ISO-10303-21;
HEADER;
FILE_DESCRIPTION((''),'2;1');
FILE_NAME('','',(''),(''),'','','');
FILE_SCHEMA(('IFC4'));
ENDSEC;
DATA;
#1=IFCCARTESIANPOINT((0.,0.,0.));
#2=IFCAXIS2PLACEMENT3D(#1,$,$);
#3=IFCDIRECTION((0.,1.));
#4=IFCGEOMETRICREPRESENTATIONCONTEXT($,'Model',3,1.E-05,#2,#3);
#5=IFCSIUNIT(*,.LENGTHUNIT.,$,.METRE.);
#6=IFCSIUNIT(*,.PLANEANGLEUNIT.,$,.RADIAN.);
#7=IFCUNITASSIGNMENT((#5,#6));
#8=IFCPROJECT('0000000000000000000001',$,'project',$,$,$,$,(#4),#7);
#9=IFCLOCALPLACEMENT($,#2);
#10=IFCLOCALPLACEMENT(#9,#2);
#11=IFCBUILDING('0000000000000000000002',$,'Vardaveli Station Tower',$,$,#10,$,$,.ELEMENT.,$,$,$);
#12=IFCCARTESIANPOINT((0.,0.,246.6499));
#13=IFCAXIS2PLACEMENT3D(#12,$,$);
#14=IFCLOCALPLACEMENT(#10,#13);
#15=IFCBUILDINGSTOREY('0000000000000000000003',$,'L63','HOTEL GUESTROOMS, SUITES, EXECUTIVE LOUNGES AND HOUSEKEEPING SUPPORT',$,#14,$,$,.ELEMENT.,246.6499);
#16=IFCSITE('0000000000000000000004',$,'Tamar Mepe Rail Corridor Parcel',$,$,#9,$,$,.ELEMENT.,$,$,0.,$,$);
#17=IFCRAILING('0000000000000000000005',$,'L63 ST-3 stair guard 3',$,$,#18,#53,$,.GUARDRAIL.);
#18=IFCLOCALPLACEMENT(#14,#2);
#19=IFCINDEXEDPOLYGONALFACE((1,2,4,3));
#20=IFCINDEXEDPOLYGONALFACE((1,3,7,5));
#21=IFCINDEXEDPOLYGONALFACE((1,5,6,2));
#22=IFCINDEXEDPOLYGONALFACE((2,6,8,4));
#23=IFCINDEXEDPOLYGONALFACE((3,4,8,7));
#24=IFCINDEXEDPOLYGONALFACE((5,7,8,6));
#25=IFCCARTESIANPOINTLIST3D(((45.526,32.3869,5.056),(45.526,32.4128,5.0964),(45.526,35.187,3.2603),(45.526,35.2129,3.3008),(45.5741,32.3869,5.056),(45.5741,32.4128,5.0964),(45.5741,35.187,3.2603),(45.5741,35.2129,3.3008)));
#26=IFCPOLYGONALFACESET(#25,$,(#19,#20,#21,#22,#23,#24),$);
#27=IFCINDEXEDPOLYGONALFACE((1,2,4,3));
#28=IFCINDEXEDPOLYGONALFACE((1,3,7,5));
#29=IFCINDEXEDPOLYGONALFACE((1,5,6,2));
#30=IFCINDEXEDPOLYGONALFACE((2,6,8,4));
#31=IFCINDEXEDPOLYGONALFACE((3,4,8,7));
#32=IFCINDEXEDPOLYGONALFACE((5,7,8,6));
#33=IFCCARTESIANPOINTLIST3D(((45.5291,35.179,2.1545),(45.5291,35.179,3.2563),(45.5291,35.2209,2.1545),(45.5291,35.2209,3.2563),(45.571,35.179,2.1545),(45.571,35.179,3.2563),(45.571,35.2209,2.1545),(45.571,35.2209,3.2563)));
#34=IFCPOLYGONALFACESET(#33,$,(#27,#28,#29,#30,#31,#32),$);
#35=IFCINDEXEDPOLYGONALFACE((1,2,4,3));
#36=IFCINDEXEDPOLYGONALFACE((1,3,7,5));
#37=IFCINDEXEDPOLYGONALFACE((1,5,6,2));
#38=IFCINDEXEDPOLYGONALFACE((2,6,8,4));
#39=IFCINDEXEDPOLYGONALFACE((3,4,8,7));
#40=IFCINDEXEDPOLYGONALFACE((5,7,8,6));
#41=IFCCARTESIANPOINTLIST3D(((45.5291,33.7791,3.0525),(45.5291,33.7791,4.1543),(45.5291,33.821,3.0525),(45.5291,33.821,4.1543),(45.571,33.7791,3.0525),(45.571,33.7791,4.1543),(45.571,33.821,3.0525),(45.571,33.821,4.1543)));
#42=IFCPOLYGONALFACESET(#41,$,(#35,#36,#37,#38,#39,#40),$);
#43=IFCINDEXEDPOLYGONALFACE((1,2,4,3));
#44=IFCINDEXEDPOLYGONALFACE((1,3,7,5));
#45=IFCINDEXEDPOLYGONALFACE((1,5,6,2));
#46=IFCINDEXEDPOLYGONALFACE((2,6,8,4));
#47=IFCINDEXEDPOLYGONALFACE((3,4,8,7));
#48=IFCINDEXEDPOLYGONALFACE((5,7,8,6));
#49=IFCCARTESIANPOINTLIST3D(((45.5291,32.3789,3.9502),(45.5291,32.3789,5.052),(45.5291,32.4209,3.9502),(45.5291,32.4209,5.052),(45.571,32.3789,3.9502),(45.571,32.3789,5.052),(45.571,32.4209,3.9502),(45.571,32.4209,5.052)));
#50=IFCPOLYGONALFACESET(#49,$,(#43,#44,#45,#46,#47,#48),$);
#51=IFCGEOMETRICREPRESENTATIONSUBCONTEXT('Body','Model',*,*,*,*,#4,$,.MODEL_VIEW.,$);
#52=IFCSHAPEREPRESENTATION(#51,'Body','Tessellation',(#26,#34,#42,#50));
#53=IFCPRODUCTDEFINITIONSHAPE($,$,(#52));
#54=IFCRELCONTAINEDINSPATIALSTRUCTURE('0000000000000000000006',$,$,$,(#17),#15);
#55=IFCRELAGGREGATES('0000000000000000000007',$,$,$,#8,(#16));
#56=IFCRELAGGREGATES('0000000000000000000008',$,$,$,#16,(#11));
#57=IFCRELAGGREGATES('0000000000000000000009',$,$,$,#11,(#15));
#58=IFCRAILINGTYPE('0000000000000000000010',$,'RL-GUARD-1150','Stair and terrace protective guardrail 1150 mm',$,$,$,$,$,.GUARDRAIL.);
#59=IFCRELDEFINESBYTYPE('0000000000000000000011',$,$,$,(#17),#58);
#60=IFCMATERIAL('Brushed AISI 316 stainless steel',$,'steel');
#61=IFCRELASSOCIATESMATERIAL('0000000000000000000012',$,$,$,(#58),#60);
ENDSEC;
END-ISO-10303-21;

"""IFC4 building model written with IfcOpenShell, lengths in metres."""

from ifc_helpers import new_model, si_unit, direction, frame, origin, origin_2d, place, context, subcontext, project, spatial, rectangle, extrude, source, transform, mapped, material, type_object, element, save


model = new_model("IFC4")

# Units and contexts
model_context = context("Model", 3, precision=1e-05, world=origin(), true_north=direction((0.0, 1.0)))
body_context = subcontext(model_context, "Body", "Model", "MODEL_VIEW")
ifc_project = project(units=[si_unit("LENGTHUNIT", "METRE"), si_unit("PLANEANGLEUNIT", "RADIAN")], contexts=[model_context])

# Site, building, storey
site_placement = place(None, origin())
site = spatial("IfcSite", under=ifc_project, at=site_placement, Name="Tamar Mepe Rail Corridor Parcel", CompositionType="ELEMENT", RefElevation=0.0)
building_placement = place(site_placement, origin())
building = spatial("IfcBuilding", under=site, at=building_placement, Name="Vardaveli Station Tower", CompositionType="ELEMENT")
storey_placement = place(building_placement, frame((0.0, 0.0, 246.6499)))
storey = spatial("IfcBuildingStorey", under=building, at=storey_placement, Name="L63", Description="HOTEL GUESTROOMS, SUITES, EXECUTIVE LOUNGES AND HOUSEKEEPING SUPPORT", CompositionType="ELEMENT", Elevation=246.6499)

# Railing
ifc_material_1 = material(Name="Brushed AISI 316 stainless steel", Category="steel")
railing_type_1 = type_object("IfcRailingType", Name="RL-GUARD-1150", Description="Stair and terrace protective guardrail 1150 mm", PredefinedType="GUARDRAIL", material=ifc_material_1)
shared_shape_1 = source(origin(), body_context, "Body", "SweptSolid", [
    extrude(rectangle(XDim=0.0481, YDim=0.0481, at=origin_2d()), frame((0.0, 0.0, 1.126), z_axis=(0.0, -0.841777, 0.539826), x_axis=(1.0, 0.0, 0.0)), (0.0, 0.0, 1.0), 3.3264),
    extrude(rectangle(XDim=0.042, YDim=0.042, at=origin_2d()), origin(), (0.0, 0.0, 1.0), 1.1018),
    extrude(rectangle(XDim=0.042, YDim=0.042, at=origin_2d()), frame((0.0, -1.3999, 0.8979)), (0.0, 0.0, 1.0), 1.1018),
    extrude(rectangle(XDim=0.042, YDim=0.042, at=origin_2d()), frame((0.0, -2.8, 1.7957)), (0.0, 0.0, 1.0), 1.1018),
])
railing_1_placement = place(storey_placement, frame((45.55, 35.2, 2.1545)))
element("IfcRailing", 1, at=railing_1_placement, inside=storey, type_object=railing_type_1, Name="L63 ST-3 stair guard 3", PredefinedType="GUARDRAIL", context=body_context, shape_type="MappedRepresentation", body=[
    mapped(shared_shape_1, transform((0.0, 0.0, 0.0), scale=1.0)),
])

save(model, "model.ifc")
